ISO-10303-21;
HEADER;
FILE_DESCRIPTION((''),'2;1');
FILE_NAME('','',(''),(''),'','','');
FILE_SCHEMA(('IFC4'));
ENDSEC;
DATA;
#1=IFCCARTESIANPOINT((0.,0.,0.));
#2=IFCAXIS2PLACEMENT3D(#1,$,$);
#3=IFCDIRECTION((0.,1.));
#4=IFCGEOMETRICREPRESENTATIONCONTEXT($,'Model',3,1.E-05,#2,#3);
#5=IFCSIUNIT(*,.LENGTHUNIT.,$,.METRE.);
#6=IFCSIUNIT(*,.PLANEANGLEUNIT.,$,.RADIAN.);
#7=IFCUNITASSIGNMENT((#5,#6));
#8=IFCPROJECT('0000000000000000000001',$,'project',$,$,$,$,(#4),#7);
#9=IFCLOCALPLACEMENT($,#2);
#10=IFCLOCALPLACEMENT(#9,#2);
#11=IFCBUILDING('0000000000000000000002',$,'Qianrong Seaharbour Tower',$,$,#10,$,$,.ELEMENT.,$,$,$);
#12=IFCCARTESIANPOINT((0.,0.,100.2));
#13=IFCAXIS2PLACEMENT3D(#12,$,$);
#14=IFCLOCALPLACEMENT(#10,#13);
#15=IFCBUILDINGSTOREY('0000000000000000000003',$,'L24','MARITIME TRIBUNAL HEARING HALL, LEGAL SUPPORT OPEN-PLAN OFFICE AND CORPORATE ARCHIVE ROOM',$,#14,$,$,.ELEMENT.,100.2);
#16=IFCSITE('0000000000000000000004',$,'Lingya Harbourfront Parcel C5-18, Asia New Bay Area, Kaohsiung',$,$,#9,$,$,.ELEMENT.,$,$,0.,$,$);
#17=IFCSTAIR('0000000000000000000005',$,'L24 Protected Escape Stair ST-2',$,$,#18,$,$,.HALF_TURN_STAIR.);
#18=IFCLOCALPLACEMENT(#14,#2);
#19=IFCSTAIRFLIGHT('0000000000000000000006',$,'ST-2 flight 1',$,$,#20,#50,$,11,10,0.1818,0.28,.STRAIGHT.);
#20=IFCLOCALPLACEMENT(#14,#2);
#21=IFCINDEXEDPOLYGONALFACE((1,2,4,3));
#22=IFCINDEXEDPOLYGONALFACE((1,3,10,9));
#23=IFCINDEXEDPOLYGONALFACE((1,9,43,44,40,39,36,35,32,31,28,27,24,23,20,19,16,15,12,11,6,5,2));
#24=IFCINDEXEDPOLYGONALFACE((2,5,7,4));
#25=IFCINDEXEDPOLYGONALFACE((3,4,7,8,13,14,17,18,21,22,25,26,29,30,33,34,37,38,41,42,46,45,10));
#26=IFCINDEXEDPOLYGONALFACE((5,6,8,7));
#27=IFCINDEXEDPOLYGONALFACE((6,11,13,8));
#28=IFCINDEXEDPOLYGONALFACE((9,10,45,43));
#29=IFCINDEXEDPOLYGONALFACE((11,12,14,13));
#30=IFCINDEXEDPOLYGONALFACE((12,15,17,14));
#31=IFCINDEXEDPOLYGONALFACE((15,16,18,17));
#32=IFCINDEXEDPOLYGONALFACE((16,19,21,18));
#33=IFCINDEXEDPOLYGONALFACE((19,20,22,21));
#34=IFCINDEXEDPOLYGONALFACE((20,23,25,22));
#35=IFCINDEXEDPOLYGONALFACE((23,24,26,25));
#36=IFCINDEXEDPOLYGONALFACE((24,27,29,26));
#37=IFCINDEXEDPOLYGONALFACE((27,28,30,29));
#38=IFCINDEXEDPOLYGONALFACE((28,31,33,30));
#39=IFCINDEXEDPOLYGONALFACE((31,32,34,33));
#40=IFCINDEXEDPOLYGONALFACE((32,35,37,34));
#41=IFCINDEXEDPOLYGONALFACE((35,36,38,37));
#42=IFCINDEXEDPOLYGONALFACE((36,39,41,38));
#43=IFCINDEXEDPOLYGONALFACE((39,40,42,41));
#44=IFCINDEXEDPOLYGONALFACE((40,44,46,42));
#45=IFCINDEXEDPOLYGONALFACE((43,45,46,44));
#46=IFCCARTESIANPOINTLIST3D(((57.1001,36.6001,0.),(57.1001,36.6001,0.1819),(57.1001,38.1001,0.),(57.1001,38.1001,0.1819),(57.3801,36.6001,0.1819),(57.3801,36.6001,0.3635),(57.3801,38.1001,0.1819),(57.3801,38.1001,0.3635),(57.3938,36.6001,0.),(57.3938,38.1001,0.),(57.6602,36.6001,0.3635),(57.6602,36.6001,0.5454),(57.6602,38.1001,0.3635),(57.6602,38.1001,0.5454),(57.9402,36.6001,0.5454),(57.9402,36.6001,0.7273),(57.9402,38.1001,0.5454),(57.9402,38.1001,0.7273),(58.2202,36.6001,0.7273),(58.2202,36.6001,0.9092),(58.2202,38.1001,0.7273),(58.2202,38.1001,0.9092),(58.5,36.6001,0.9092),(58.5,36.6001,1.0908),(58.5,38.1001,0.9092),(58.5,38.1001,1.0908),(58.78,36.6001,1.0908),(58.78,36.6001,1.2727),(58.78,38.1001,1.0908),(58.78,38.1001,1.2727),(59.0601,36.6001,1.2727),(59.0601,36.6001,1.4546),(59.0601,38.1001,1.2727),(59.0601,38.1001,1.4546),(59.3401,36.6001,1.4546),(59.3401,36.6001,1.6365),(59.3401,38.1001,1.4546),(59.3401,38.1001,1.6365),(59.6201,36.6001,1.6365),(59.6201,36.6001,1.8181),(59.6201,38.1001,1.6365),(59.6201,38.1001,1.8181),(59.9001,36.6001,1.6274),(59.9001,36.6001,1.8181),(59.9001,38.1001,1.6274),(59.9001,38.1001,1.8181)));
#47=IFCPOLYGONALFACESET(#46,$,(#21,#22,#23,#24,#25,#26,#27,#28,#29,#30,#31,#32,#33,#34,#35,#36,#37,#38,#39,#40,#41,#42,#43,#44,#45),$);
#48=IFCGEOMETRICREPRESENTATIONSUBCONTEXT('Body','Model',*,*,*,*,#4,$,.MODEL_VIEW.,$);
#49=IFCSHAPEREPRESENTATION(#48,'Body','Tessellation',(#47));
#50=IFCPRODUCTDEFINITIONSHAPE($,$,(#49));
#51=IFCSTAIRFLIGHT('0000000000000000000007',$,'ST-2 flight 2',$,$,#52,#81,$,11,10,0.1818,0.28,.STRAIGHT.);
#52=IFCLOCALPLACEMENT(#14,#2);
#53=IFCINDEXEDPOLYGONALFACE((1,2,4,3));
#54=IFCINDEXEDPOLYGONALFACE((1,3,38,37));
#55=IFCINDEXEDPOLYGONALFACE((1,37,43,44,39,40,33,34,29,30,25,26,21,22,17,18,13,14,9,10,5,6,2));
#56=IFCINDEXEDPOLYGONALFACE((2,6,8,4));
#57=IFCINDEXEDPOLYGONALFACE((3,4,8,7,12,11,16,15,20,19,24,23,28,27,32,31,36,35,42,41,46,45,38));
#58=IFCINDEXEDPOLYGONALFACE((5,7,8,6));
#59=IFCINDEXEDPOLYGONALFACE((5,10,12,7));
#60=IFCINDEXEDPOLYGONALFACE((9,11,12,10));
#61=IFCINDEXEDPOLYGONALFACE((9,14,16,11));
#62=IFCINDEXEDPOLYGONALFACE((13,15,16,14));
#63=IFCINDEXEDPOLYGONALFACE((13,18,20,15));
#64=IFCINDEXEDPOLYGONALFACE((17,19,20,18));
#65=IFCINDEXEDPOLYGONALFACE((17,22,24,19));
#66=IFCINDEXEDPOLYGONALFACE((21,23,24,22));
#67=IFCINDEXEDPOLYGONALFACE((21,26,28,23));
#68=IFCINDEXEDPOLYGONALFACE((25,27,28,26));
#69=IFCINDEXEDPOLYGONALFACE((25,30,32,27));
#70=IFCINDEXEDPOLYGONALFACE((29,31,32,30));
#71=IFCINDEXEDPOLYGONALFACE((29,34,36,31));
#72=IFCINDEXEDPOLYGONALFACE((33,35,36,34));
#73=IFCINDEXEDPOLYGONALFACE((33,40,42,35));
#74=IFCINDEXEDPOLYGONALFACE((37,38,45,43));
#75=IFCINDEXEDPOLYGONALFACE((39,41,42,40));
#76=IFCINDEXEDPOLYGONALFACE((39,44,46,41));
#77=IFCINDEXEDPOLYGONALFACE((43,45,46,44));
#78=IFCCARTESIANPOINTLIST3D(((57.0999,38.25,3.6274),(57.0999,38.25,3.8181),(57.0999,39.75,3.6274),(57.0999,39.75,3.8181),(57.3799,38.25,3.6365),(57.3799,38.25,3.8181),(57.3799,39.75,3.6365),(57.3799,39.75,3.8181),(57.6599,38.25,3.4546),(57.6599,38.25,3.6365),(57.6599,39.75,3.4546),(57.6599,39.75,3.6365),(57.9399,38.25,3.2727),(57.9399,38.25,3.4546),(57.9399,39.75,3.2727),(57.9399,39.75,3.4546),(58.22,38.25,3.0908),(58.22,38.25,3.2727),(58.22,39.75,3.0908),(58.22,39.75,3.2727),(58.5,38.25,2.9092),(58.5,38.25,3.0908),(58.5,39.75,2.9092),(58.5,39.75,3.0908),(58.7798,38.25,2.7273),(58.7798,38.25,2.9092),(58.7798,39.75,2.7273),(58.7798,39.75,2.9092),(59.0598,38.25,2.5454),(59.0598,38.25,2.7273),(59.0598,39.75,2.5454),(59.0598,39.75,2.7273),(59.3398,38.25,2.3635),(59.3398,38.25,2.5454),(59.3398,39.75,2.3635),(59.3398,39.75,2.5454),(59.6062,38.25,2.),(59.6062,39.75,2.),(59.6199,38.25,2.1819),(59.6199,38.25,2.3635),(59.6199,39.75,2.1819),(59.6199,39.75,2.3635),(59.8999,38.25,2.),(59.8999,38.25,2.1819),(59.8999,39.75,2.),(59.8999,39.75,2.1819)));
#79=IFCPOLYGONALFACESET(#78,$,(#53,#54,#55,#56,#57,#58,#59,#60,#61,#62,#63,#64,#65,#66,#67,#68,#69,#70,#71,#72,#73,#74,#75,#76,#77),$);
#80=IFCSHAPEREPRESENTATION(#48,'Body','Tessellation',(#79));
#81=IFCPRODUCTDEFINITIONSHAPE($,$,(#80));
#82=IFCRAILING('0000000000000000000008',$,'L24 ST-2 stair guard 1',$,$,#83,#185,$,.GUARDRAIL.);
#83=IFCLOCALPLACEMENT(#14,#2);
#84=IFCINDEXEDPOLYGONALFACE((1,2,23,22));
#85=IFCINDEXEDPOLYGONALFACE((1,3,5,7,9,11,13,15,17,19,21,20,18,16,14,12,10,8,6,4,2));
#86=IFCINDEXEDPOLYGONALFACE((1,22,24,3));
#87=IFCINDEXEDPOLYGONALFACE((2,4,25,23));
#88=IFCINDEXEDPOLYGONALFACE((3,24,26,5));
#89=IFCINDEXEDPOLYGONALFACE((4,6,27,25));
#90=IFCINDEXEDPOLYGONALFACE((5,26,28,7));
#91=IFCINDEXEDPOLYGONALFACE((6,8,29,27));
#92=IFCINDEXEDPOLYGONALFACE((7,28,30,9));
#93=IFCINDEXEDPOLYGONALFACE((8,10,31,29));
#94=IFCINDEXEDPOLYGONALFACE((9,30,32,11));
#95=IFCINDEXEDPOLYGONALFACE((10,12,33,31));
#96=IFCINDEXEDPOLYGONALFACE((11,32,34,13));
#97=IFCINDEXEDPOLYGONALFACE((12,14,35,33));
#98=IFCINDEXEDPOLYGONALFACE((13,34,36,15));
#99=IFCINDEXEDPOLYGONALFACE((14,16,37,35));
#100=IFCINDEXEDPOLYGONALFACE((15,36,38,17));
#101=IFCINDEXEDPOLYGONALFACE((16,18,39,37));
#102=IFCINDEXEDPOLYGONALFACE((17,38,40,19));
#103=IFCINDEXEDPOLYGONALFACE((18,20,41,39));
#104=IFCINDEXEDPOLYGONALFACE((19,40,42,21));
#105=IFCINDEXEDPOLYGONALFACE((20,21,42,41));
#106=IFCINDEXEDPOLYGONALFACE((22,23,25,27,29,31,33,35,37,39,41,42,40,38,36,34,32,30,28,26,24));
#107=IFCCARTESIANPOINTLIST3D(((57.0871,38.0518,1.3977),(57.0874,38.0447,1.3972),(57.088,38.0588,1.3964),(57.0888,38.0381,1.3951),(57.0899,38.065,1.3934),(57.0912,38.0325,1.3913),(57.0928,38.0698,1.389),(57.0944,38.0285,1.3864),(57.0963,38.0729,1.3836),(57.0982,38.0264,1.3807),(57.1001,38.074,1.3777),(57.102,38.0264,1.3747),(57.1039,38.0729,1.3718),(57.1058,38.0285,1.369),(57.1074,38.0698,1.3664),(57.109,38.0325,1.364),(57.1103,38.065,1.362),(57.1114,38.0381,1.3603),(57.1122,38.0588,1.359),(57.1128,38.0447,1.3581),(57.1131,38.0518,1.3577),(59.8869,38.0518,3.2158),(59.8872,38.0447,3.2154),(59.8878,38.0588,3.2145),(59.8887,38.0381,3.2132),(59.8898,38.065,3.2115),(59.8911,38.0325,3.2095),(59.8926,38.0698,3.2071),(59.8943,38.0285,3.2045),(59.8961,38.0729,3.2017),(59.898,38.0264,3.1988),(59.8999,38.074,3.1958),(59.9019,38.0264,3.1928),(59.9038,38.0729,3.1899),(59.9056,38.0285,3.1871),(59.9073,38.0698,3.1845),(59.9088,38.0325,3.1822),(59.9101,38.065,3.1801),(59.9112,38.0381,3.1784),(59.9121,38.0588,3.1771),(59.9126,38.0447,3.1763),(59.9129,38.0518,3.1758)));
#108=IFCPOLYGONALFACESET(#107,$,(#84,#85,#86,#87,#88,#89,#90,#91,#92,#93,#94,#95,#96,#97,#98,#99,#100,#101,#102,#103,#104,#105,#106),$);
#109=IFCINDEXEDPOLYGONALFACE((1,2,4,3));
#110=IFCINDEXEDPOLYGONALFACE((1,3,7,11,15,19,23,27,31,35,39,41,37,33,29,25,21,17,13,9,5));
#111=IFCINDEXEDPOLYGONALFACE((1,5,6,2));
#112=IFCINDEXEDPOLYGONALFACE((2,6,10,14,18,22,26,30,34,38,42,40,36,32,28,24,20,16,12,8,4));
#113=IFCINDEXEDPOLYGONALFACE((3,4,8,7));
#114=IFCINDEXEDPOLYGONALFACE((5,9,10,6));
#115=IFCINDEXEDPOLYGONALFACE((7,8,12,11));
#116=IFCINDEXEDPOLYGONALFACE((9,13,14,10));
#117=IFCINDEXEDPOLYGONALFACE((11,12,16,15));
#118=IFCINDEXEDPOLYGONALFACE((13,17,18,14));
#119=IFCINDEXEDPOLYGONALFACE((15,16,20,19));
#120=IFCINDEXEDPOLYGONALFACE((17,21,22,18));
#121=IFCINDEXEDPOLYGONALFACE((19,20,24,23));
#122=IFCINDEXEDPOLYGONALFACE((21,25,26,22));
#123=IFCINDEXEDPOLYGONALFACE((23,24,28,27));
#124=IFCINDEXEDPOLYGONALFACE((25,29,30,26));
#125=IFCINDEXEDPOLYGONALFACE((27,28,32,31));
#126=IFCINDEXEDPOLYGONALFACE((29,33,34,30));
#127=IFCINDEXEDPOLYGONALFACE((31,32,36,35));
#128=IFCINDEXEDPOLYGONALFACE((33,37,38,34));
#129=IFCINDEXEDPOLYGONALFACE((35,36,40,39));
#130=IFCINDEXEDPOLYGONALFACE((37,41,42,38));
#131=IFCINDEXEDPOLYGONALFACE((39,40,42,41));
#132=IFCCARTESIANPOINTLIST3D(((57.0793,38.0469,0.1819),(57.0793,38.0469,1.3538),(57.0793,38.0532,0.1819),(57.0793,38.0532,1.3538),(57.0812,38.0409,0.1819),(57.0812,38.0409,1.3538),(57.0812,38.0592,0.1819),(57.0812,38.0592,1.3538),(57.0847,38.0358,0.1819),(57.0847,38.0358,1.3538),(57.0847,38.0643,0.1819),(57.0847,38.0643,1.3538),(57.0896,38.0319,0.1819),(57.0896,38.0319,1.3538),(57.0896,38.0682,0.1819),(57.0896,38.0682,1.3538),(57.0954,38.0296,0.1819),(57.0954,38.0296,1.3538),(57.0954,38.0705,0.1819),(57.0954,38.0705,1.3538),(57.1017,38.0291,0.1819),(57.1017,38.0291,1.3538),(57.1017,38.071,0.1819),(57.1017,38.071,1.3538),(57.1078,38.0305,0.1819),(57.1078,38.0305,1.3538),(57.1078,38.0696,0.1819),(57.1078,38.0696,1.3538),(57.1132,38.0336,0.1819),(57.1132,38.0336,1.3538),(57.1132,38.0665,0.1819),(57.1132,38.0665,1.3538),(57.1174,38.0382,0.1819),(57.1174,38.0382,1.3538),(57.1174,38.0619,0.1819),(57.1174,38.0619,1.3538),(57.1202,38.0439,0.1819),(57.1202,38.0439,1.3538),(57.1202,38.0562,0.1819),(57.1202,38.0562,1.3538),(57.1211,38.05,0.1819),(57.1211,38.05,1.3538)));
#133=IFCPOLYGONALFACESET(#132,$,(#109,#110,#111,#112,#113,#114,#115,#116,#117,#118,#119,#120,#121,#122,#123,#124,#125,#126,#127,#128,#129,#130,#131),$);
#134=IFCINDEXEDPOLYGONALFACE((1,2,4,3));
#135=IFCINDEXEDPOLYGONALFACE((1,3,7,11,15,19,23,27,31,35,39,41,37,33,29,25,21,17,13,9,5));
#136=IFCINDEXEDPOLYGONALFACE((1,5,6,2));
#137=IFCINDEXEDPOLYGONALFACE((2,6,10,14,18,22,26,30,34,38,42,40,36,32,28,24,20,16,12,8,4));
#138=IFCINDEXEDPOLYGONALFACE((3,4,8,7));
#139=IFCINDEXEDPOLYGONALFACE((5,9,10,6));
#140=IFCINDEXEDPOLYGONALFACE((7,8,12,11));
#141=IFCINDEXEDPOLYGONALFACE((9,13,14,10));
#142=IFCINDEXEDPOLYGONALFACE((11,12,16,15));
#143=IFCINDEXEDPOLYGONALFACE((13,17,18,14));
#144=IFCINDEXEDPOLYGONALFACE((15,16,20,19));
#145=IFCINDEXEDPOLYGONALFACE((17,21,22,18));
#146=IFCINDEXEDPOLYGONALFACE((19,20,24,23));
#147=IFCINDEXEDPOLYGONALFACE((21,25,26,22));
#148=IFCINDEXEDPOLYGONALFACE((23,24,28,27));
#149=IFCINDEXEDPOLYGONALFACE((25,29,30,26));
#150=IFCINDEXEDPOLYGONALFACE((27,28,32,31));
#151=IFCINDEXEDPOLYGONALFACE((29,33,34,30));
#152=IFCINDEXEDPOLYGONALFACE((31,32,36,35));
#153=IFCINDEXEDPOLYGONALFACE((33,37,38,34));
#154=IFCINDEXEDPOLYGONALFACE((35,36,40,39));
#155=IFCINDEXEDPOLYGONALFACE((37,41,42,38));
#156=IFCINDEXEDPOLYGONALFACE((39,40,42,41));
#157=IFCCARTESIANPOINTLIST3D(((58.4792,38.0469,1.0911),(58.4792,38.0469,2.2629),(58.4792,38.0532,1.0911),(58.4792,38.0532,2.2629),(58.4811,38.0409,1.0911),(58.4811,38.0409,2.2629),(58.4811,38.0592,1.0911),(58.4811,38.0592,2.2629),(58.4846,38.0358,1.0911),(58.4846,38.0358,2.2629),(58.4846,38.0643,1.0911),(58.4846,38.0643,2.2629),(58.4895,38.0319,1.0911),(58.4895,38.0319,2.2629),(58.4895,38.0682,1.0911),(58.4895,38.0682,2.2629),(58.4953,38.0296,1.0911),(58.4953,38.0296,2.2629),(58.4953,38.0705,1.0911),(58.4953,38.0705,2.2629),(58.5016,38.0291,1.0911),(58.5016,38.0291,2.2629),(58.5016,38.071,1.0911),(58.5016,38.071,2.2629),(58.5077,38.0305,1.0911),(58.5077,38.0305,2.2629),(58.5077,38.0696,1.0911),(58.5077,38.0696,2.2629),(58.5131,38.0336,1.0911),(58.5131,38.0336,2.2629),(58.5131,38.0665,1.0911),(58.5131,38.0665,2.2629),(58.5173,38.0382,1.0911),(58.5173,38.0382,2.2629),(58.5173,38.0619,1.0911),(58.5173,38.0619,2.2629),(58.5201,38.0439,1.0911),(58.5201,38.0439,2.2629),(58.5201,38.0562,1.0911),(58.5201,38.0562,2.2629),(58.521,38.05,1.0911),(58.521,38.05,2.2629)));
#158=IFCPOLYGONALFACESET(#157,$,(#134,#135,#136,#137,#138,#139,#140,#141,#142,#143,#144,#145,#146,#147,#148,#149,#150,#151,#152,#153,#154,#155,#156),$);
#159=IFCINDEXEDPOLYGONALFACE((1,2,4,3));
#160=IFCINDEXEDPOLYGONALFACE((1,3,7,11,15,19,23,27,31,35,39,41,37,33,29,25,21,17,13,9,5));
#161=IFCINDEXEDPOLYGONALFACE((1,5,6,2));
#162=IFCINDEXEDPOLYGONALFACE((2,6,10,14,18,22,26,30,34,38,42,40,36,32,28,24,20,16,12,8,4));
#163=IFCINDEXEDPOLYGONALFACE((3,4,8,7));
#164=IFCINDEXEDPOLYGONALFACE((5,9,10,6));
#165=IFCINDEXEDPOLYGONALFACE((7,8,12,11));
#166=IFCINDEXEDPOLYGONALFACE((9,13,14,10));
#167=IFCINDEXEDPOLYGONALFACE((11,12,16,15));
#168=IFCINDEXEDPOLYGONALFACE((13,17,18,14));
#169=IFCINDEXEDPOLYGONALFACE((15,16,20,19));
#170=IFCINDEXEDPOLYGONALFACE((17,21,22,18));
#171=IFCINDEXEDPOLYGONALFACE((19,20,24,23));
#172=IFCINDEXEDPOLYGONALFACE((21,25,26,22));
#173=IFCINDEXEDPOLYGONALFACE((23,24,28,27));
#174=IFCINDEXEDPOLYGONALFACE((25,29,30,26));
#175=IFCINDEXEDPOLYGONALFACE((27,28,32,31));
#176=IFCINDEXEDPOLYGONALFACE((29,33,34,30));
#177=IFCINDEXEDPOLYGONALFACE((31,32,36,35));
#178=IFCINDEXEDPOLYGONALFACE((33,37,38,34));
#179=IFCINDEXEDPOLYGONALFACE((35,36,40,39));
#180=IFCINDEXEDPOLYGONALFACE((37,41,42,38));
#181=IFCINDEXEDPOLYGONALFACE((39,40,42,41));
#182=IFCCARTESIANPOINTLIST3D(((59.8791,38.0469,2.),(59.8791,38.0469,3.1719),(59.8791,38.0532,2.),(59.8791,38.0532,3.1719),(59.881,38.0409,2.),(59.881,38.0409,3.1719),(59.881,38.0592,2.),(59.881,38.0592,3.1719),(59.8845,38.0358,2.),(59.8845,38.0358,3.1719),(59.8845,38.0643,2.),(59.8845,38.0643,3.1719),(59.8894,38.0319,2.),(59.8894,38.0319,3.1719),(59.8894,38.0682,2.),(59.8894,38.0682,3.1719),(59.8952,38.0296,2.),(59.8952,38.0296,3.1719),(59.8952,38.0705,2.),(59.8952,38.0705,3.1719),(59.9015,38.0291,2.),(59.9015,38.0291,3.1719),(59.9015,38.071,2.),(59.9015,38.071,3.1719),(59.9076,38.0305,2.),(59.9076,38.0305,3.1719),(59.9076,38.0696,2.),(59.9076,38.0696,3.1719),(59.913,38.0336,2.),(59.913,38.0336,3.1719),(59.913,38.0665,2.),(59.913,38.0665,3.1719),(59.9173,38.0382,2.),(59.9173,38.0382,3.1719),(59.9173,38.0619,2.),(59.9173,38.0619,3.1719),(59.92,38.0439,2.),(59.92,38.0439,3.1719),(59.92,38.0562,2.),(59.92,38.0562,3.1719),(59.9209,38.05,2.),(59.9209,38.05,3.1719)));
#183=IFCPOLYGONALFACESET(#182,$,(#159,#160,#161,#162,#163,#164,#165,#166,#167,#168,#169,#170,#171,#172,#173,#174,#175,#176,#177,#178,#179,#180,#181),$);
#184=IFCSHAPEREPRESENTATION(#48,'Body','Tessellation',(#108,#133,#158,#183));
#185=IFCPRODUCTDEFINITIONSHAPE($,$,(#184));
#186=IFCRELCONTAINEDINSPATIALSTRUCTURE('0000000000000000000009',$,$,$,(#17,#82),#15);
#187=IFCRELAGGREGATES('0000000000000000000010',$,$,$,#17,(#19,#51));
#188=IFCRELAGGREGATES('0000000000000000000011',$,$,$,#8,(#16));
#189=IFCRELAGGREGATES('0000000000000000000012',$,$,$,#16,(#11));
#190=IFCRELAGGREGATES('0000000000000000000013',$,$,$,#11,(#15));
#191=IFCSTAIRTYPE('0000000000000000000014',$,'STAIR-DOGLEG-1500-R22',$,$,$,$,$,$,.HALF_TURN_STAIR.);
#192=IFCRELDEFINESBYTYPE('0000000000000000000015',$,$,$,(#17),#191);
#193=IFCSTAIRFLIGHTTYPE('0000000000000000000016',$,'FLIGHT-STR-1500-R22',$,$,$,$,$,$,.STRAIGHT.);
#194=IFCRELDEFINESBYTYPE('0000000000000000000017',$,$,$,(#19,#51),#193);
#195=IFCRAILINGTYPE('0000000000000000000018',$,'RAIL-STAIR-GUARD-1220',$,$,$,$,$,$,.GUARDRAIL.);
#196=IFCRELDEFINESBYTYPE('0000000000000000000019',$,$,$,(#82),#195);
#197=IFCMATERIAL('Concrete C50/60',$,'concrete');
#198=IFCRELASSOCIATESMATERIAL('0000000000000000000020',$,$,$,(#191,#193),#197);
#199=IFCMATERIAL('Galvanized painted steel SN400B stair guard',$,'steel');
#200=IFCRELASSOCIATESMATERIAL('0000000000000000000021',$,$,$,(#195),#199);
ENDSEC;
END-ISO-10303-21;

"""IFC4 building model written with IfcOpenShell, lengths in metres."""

from ifc_helpers import new_model, si_unit, direction, frame, origin, origin_2d, place, context, subcontext, project, spatial, polyline, circle, outline, extrude, material, type_object, element, aggregate, save


model = new_model("IFC4")

# Units and contexts
model_context = context("Model", 3, precision=1e-05, world=origin(), true_north=direction((0.0, 1.0)))
body_context = subcontext(model_context, "Body", "Model", "MODEL_VIEW")
ifc_project = project(units=[si_unit("LENGTHUNIT", "METRE"), si_unit("PLANEANGLEUNIT", "RADIAN")], contexts=[model_context])

# Site, building, storey
site_placement = place(None, origin())
site = spatial("IfcSite", under=ifc_project, at=site_placement, Name="Lingya Harbourfront Parcel C5-18, Asia New Bay Area, Kaohsiung", CompositionType="ELEMENT", RefElevation=0.0)
building_placement = place(site_placement, origin())
building = spatial("IfcBuilding", under=site, at=building_placement, Name="Qianrong Seaharbour Tower", CompositionType="ELEMENT")
storey_placement = place(building_placement, frame((0.0, 0.0, 100.2)))
storey = spatial("IfcBuildingStorey", under=building, at=storey_placement, Name="L24", Description="MARITIME TRIBUNAL HEARING HALL, LEGAL SUPPORT OPEN-PLAN OFFICE AND CORPORATE ARCHIVE ROOM", CompositionType="ELEMENT", Elevation=100.2)

# Shared definitions
ifc_material_1 = material(Name="Concrete C50/60", Category="concrete")

# Stair, stair flights
stair_type = type_object("IfcStairType", Name="STAIR-DOGLEG-1500-R22", PredefinedType="HALF_TURN_STAIR", material=ifc_material_1)
stair_placement = place(storey_placement, origin())
stair = element("IfcStair", 1, at=stair_placement, inside=storey, type_object=stair_type, Name="L24 Protected Escape Stair ST-2", PredefinedType="HALF_TURN_STAIR")
stair_flight_type = type_object("IfcStairFlightType", Name="FLIGHT-STR-1500-R22", PredefinedType="STRAIGHT", material=ifc_material_1)
stair_flight_1_placement = place(storey_placement, frame((57.1001, 37.3501, 0.0), z_axis=(0.0, 0.0, 1.0), x_axis=(1.0, 0.0, 0.0)))
stair_flight_1 = element("IfcStairFlight", 2, at=stair_flight_1_placement, type_object=stair_flight_type, Name="ST-2 flight 1", NumberOfRisers=11, NumberOfTreads=10, PredefinedType="STRAIGHT", RiserHeight=0.1818, TreadLength=0.28, context=body_context, shape_type="SweptSolid", body=[
    extrude(outline(polyline([(0.0, 0.0), (0.0, 0.1819), (0.28, 0.1819), (0.28, 0.3635), (0.5601, 0.3635), (0.5601, 0.5454), (0.8401, 0.5454), (0.8401, 0.7273), (1.1201, 0.7273), (1.1201, 0.9092), (1.3999, 0.9092), (1.3999, 1.0908), (1.6799, 1.0908), (1.6799, 1.2727), (1.96, 1.2727), (1.96, 1.4546), (2.24, 1.4546), (2.24, 1.6365), (2.52, 1.6365), (2.52, 1.8181), (2.8, 1.8181), (2.8, 2.0), (2.8, 1.6274), (0.2937, 0.0), (0.0, 0.0)])), frame((0.0, 0.75, 0.0), z_axis=(0.0, -1.0, 0.0), x_axis=(1.0, 0.0, 0.0)), (0.0, 0.0, 1.0), 1.5),
])
stair_flight_2_placement = place(storey_placement, frame((59.8999, 39.0, 2.0), z_axis=(0.0, 0.0, 1.0), x_axis=(-1.0, 0.0, 0.0)))
stair_flight_2 = element("IfcStairFlight", 3, at=stair_flight_2_placement, type_object=stair_flight_type, Name="ST-2 flight 2", NumberOfRisers=11, NumberOfTreads=10, PredefinedType="STRAIGHT", RiserHeight=0.1818, TreadLength=0.28, context=body_context, shape_type="SweptSolid", body=[
    extrude(outline(polyline([(0.0, 0.0), (0.0, 0.1819), (0.28, 0.1819), (0.28, 0.3635), (0.5601, 0.3635), (0.5601, 0.5454), (0.8401, 0.5454), (0.8401, 0.7273), (1.1201, 0.7273), (1.1201, 0.9092), (1.3999, 0.9092), (1.3999, 1.0908), (1.6799, 1.0908), (1.6799, 1.2727), (1.96, 1.2727), (1.96, 1.4546), (2.24, 1.4546), (2.24, 1.6365), (2.52, 1.6365), (2.52, 1.8181), (2.8, 1.8181), (2.8, 2.0), (2.8, 1.6274), (0.2937, 0.0), (0.0, 0.0)])), frame((0.0, 0.75, 0.0), z_axis=(0.0, -1.0, 0.0), x_axis=(1.0, 0.0, 0.0)), (0.0, 0.0, 1.0), 1.5),
])
aggregate(stair, [stair_flight_1, stair_flight_2])

# Railing
ifc_material_2 = material(Name="Galvanized painted steel SN400B stair guard", Category="steel")
railing_type_1 = type_object("IfcRailingType", Name="RAIL-STAIR-GUARD-1220", PredefinedType="GUARDRAIL", material=ifc_material_2)
railing_1_placement = place(storey_placement, frame((57.1001, 38.05, 0.1819)))
element("IfcRailing", 4, at=railing_1_placement, inside=storey, type_object=railing_type_1, Name="L24 ST-2 stair guard 1", PredefinedType="GUARDRAIL", context=body_context, shape_type="SweptSolid", body=[
    extrude(circle(Radius=0.0239, at=origin_2d()), frame((0.0, 0.0, 1.1958), z_axis=(0.838684, 0.0, 0.544618), x_axis=(0.0, 1.0, 0.0)), (0.0, 0.0, 1.0), 3.3384),
    extrude(circle(Radius=0.021, at=origin_2d()), origin(), (0.0, 0.0, 1.0), 1.1719),
    extrude(circle(Radius=0.021, at=origin_2d()), frame((1.3999, 0.0, 0.9092)), (0.0, 0.0, 1.0), 1.1719),
    extrude(circle(Radius=0.021, at=origin_2d()), frame((2.7998, 0.0, 1.8181)), (0.0, 0.0, 1.0), 1.1719),
])

save(model, "model.ifc")
